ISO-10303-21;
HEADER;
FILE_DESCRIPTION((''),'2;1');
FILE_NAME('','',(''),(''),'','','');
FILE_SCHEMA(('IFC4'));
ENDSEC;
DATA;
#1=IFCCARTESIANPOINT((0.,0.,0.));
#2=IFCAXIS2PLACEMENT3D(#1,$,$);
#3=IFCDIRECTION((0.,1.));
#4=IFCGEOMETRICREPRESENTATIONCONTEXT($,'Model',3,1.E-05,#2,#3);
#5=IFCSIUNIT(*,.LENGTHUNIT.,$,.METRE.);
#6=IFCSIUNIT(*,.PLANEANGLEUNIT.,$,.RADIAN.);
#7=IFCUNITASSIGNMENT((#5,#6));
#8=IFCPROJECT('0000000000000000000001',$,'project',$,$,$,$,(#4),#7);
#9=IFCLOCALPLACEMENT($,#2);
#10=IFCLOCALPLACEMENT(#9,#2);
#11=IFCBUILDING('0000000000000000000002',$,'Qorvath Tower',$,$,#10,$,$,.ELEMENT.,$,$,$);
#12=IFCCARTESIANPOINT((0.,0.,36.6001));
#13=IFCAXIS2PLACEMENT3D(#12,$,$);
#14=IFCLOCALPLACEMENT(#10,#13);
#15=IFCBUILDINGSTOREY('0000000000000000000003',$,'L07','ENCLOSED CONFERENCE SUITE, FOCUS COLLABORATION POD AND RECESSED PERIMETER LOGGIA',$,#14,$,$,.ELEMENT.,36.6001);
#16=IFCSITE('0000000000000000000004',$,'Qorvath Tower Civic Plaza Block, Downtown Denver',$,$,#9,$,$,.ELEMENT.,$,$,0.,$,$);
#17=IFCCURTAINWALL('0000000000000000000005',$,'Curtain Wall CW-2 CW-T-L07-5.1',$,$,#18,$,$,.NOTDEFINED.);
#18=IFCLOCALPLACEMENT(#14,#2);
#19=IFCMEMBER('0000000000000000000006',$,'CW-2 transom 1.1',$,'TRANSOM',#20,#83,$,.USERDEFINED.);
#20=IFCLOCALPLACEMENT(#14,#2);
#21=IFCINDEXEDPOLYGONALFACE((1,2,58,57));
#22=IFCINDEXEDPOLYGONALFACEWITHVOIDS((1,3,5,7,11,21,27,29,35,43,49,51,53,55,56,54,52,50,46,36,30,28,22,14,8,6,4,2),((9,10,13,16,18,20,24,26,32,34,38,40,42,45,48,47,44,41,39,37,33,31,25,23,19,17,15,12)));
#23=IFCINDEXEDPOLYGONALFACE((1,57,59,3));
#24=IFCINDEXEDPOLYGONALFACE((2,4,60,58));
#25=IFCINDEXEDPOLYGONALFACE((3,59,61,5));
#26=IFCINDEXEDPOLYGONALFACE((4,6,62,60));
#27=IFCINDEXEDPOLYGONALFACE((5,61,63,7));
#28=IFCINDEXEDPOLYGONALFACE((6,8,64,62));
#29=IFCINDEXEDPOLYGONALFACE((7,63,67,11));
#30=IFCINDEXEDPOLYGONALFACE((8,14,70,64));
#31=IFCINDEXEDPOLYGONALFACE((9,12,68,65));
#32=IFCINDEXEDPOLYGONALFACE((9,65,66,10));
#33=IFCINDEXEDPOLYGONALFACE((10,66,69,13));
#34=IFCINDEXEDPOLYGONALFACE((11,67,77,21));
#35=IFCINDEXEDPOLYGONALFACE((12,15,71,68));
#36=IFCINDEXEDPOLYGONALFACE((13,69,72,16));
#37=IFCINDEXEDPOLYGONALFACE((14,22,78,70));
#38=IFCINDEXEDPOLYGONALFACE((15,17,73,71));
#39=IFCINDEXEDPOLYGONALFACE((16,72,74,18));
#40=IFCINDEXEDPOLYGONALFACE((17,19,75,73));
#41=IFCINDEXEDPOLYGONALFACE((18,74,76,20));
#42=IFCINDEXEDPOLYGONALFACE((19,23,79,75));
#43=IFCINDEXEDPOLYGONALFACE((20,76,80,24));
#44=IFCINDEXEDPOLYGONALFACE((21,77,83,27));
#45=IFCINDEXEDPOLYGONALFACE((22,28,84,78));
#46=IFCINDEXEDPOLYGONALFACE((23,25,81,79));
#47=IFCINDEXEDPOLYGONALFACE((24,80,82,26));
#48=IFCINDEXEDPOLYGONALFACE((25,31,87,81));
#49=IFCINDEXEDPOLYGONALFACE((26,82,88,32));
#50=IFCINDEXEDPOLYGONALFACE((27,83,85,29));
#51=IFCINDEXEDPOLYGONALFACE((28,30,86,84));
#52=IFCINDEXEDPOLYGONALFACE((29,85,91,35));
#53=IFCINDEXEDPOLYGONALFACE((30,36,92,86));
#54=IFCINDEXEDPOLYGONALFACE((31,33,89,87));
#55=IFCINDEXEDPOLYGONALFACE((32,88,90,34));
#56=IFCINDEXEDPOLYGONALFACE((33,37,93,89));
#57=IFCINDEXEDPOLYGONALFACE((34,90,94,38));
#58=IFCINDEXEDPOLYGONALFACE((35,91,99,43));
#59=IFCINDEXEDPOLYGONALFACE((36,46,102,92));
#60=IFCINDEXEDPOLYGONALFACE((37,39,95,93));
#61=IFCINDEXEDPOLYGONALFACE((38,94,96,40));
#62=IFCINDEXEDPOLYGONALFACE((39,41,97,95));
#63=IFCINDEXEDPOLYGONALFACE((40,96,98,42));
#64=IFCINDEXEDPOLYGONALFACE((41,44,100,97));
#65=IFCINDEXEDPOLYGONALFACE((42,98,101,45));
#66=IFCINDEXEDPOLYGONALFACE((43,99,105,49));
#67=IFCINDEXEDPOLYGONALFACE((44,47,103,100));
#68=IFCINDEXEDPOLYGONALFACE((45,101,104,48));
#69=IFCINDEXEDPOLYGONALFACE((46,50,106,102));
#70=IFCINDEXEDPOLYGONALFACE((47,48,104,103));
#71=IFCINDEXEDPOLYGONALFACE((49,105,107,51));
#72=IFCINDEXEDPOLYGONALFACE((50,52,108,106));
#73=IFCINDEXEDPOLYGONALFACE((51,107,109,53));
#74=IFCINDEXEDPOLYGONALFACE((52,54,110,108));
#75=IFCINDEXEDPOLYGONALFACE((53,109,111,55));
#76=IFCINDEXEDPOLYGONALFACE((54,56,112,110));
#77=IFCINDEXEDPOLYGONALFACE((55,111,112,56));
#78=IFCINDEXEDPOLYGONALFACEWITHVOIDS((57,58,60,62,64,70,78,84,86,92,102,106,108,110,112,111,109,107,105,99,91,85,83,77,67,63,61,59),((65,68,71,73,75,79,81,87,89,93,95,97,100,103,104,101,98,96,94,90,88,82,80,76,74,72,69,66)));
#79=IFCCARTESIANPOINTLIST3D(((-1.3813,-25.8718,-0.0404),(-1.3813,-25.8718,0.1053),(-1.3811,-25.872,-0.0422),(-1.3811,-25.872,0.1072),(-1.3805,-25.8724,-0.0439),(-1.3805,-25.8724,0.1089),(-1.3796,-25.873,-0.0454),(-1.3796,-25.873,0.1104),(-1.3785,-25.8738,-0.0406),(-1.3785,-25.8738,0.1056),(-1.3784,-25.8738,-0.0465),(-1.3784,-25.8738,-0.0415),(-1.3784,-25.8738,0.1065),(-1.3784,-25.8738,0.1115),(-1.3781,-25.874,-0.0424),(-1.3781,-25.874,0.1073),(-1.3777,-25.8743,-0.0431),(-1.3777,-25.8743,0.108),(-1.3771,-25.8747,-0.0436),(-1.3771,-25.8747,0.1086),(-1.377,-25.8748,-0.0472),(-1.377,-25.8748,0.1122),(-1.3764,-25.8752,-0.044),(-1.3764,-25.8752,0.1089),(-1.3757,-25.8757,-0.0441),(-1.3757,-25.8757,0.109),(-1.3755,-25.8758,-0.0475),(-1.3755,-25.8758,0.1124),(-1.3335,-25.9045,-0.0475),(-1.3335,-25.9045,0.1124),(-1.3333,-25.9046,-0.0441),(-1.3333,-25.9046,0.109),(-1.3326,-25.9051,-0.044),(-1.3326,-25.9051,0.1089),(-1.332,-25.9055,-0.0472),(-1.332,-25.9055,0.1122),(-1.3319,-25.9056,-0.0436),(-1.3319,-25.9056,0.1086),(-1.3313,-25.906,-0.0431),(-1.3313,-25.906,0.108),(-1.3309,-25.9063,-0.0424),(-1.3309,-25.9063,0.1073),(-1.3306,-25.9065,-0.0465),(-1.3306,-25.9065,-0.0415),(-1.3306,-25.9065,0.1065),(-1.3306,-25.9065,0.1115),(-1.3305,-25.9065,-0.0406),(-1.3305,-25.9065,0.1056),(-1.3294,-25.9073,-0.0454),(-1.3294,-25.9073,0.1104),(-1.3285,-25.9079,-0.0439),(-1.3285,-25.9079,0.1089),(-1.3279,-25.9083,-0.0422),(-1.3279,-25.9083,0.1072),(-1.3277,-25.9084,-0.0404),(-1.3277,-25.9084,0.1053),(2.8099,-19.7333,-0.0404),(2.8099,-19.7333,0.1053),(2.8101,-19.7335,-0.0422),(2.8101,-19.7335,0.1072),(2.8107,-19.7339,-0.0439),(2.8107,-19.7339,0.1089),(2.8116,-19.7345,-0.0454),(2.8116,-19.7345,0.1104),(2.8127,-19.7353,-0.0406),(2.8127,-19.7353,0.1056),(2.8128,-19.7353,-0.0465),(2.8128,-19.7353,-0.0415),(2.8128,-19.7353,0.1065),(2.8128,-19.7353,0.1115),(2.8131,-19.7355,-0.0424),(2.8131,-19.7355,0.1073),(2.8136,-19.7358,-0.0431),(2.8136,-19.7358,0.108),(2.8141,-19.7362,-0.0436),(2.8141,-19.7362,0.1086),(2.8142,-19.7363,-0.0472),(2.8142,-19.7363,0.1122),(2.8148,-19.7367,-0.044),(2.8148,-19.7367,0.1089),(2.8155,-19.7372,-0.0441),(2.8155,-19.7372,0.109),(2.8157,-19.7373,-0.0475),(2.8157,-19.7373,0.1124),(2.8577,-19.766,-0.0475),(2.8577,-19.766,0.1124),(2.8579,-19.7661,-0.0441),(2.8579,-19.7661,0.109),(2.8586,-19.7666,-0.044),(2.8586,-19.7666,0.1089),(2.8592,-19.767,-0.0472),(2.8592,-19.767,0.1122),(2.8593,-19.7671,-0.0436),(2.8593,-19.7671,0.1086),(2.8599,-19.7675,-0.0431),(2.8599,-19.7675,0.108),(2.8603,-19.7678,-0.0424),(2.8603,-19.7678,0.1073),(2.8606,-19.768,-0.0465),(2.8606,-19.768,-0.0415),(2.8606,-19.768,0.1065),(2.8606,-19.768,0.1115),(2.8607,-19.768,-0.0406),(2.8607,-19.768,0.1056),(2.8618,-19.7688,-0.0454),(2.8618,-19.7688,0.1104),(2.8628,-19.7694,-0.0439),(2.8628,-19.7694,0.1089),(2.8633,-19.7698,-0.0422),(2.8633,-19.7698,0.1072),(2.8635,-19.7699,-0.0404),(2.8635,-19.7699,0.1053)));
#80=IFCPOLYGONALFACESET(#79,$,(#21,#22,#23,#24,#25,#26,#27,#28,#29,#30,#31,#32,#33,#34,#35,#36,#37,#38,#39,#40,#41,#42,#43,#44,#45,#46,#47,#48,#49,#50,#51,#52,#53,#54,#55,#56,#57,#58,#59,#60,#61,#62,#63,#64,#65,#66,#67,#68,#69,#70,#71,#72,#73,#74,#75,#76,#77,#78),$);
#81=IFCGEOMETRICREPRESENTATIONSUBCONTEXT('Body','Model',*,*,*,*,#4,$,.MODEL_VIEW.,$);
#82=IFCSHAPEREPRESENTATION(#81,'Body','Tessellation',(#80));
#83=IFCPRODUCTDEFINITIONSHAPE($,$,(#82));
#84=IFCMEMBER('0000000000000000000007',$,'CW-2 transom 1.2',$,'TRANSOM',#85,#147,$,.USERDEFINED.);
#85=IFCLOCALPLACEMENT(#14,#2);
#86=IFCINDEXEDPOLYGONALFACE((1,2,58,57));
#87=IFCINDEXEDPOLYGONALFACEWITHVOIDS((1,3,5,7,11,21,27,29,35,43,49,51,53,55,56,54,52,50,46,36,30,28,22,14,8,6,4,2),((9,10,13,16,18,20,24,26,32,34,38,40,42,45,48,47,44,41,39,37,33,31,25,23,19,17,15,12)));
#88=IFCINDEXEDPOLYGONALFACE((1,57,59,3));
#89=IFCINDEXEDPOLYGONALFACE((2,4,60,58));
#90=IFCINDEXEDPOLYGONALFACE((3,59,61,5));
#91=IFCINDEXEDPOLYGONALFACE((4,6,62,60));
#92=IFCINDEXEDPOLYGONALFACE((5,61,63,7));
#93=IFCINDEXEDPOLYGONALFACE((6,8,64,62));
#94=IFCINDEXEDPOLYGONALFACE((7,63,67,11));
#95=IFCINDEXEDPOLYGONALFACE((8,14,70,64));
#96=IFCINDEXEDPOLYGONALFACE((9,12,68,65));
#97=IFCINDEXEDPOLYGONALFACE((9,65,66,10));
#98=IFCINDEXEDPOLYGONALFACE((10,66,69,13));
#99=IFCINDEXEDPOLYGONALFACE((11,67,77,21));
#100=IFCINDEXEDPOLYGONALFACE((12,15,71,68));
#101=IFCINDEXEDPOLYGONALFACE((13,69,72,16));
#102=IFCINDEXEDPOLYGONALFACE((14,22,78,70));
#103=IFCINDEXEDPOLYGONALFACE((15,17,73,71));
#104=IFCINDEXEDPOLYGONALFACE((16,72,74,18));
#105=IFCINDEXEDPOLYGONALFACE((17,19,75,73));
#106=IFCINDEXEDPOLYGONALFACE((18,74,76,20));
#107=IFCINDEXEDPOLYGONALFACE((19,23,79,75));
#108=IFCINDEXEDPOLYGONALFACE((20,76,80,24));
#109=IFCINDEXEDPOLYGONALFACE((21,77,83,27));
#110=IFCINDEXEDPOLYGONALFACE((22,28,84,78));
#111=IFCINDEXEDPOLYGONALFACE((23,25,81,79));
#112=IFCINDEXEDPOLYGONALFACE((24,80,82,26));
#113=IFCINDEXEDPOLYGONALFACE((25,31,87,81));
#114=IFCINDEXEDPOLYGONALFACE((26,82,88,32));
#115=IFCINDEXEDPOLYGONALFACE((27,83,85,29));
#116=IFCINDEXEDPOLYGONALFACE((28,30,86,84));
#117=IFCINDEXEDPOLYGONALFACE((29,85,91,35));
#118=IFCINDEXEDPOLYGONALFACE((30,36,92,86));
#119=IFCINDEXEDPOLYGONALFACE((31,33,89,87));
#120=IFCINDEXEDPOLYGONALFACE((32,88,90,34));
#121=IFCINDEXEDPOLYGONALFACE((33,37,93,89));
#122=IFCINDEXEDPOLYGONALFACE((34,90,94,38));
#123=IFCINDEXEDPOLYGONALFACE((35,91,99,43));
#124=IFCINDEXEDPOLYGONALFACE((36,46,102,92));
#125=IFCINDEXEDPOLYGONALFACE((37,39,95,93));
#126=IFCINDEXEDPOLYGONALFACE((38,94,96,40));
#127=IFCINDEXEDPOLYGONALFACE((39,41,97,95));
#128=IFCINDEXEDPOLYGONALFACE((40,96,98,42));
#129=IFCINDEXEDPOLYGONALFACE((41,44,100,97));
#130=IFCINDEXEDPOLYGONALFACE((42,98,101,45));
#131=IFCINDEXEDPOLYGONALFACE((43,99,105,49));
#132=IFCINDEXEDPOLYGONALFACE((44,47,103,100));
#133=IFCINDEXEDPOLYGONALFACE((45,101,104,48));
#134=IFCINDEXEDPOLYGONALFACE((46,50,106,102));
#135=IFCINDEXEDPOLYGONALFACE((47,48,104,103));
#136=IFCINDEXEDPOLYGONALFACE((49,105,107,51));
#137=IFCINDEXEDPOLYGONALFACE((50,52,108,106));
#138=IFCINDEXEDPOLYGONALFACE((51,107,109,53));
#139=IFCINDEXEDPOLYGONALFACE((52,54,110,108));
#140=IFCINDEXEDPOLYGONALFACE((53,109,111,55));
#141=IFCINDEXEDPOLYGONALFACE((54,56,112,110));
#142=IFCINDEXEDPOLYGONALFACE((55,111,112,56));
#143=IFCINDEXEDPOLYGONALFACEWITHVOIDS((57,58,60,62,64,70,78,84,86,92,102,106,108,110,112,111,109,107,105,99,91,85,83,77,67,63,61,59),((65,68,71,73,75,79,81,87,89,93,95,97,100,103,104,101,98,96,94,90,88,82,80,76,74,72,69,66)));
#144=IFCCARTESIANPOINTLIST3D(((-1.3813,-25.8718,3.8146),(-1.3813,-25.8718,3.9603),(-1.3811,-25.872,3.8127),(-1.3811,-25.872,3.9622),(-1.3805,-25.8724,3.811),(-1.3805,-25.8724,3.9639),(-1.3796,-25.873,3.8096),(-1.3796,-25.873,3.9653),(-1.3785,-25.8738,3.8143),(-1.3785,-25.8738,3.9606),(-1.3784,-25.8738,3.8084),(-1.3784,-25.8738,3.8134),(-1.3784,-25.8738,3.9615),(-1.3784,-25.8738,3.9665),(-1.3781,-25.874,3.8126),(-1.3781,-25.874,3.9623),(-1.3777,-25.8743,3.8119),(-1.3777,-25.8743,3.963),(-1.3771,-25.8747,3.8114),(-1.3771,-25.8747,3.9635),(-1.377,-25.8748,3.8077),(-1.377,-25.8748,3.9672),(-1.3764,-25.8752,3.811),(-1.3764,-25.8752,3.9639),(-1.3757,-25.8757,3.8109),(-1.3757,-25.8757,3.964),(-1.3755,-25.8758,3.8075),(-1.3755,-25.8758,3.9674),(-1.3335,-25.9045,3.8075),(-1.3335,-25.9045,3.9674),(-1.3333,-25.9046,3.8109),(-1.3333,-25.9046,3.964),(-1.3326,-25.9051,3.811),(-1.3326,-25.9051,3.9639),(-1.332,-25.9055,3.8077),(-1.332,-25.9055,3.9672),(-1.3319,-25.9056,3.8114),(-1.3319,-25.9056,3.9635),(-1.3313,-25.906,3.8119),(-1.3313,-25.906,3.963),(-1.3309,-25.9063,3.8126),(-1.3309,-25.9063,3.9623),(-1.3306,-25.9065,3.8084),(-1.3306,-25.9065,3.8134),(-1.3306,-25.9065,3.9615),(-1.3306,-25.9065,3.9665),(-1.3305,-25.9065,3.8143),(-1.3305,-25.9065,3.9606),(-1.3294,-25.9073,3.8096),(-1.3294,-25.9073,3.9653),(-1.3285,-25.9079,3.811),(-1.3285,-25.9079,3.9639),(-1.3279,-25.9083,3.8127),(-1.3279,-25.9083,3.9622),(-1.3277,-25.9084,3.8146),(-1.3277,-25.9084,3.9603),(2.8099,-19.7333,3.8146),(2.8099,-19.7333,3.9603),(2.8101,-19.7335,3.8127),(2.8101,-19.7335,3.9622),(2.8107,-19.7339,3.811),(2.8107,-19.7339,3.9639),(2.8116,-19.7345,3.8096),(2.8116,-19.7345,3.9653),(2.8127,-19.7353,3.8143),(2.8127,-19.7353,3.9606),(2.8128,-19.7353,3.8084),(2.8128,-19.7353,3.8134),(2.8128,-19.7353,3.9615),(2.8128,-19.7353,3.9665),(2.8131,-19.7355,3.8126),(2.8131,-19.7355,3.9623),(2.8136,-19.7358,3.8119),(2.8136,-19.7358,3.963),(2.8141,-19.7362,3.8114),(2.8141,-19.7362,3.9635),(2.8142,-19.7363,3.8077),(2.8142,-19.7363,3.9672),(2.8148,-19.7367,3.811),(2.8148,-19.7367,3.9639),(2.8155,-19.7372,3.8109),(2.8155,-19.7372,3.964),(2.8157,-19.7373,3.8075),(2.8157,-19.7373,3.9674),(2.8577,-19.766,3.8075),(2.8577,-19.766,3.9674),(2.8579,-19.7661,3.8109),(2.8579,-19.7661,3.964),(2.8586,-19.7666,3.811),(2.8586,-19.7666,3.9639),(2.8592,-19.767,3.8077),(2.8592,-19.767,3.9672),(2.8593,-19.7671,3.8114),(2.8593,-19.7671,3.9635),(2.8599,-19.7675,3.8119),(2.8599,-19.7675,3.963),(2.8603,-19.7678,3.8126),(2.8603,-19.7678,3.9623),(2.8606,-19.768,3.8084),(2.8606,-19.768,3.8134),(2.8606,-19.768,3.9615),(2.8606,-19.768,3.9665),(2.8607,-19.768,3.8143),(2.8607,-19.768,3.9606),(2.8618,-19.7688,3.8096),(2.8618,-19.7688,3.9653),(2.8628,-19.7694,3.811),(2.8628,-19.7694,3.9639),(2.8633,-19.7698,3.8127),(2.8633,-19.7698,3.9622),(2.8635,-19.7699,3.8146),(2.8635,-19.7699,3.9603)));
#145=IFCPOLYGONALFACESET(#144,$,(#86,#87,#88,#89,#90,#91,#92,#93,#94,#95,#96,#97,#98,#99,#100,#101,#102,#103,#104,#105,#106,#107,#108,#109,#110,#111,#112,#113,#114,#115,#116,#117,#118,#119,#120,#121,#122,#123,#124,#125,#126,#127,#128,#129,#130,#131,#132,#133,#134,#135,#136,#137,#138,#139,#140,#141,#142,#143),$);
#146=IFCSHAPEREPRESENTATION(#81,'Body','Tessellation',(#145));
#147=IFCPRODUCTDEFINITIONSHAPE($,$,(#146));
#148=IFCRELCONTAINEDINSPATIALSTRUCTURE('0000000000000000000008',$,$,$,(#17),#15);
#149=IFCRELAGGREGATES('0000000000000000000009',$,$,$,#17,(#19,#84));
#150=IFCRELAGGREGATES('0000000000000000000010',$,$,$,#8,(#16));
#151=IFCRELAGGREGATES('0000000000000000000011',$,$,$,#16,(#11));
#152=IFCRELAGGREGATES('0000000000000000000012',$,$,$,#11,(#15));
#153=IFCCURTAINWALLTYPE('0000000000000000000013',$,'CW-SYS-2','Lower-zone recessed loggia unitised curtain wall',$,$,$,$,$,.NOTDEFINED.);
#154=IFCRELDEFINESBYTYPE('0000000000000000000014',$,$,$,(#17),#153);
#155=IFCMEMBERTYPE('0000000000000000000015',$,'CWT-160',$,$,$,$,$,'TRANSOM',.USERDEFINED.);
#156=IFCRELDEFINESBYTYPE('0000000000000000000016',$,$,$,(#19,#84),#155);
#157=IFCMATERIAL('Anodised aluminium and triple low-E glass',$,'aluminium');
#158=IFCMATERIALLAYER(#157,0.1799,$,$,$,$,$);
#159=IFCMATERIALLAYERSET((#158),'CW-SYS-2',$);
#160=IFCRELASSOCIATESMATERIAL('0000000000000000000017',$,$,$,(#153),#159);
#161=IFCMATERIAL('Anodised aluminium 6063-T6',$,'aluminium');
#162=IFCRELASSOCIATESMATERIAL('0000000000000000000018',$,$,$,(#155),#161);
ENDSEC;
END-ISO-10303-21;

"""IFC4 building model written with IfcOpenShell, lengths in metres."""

from ifc_helpers import new_model, si_unit, direction, frame, origin, origin_2d, place, context, subcontext, project, spatial, hollow_rectangle, extrude, material, layer, layer_set, material_profile, profile_set, type_object, element, aggregate, save


model = new_model("IFC4")

# Units and contexts
model_context = context("Model", 3, precision=1e-05, world=origin(), true_north=direction((0.0, 1.0)))
body_context = subcontext(model_context, "Body", "Model", "MODEL_VIEW")
ifc_project = project(units=[si_unit("LENGTHUNIT", "METRE"), si_unit("PLANEANGLEUNIT", "RADIAN")], contexts=[model_context])

# Site, building, storey
site_placement = place(None, origin())
site = spatial("IfcSite", under=ifc_project, at=site_placement, Name="Qorvath Tower Civic Plaza Block, Downtown Denver", CompositionType="ELEMENT", RefElevation=0.0)
building_placement = place(site_placement, origin())
building = spatial("IfcBuilding", under=site, at=building_placement, Name="Qorvath Tower", CompositionType="ELEMENT")
storey_placement = place(building_placement, frame((0.0, 0.0, 36.6001)))
storey = spatial("IfcBuildingStorey", under=building, at=storey_placement, Name="L07", Description="ENCLOSED CONFERENCE SUITE, FOCUS COLLABORATION POD AND RECESSED PERIMETER LOGGIA", CompositionType="ELEMENT", Elevation=36.6001)

# Curtain wall
ifc_material_1 = material(Name="Anodised aluminium and triple low-E glass", Category="aluminium")
ifc_layer_1 = layer(ifc_material_1, 0.1799)
ifc_layer_set_1 = layer_set([ifc_layer_1], Name="CW-SYS-2")
curtain_wall_type = type_object("IfcCurtainWallType", Name="CW-SYS-2", Description="Lower-zone recessed loggia unitised curtain wall", PredefinedType="NOTDEFINED", material=ifc_layer_set_1)
curtain_wall_1_placement = place(storey_placement, origin())
curtain_wall_1 = element("IfcCurtainWall", 1, at=curtain_wall_1_placement, inside=storey, type_object=curtain_wall_type, Name="Curtain Wall CW-2 CW-T-L07-5.1", PredefinedType="NOTDEFINED")

# Members
ifc_material_2 = material(Name="Anodised aluminium 6063-T6", Category="aluminium")
ifc_material_profile_1 = material_profile(ifc_material_2, hollow_rectangle(XDim=0.0649, YDim=0.1599, WallThickness=0.0034, InnerFilletRadius=0.0034, OuterFilletRadius=0.0071, at=origin_2d()), Name="CWT 160x65")
ifc_profile_set_1 = profile_set([ifc_material_profile_1], Name="Anodised aluminium 6063-T6")
member_type_1 = type_object("IfcMemberType", Name="CWT-160", ElementType="TRANSOM", PredefinedType="USERDEFINED", material=ifc_profile_set_1)
member_1_placement = place(storey_placement, frame((-1.3545, -25.8901, 0.0325), z_axis=(0.563876, 0.82586, 0.0), x_axis=(-0.82586, 0.563876, 0.0)))
member_1 = element("IfcMember", 2, at=member_1_placement, type_object=member_type_1, Name="CW-2 transom 1.1", ObjectType="TRANSOM", PredefinedType="USERDEFINED", context=body_context, shape_type="SweptSolid", body=[
    extrude(hollow_rectangle(XDim=0.0649, YDim=0.1599, WallThickness=0.0034, InnerFilletRadius=0.0034, OuterFilletRadius=0.0071, at=origin_2d()), origin(), (0.0, 0.0, 1.0), 7.4329),
])
member_2_placement = place(storey_placement, frame((-1.3545, -25.8901, 3.8875), z_axis=(0.563876, 0.82586, 0.0), x_axis=(-0.82586, 0.563876, 0.0)))
member_2 = element("IfcMember", 3, at=member_2_placement, type_object=member_type_1, Name="CW-2 transom 1.2", ObjectType="TRANSOM", PredefinedType="USERDEFINED", context=body_context, shape_type="SweptSolid", body=[
    extrude(hollow_rectangle(XDim=0.0649, YDim=0.1599, WallThickness=0.0034, InnerFilletRadius=0.0034, OuterFilletRadius=0.0071, at=origin_2d()), origin(), (0.0, 0.0, 1.0), 7.4329),
])

aggregate(curtain_wall_1, [member_1, member_2])

save(model, "model.ifc")
